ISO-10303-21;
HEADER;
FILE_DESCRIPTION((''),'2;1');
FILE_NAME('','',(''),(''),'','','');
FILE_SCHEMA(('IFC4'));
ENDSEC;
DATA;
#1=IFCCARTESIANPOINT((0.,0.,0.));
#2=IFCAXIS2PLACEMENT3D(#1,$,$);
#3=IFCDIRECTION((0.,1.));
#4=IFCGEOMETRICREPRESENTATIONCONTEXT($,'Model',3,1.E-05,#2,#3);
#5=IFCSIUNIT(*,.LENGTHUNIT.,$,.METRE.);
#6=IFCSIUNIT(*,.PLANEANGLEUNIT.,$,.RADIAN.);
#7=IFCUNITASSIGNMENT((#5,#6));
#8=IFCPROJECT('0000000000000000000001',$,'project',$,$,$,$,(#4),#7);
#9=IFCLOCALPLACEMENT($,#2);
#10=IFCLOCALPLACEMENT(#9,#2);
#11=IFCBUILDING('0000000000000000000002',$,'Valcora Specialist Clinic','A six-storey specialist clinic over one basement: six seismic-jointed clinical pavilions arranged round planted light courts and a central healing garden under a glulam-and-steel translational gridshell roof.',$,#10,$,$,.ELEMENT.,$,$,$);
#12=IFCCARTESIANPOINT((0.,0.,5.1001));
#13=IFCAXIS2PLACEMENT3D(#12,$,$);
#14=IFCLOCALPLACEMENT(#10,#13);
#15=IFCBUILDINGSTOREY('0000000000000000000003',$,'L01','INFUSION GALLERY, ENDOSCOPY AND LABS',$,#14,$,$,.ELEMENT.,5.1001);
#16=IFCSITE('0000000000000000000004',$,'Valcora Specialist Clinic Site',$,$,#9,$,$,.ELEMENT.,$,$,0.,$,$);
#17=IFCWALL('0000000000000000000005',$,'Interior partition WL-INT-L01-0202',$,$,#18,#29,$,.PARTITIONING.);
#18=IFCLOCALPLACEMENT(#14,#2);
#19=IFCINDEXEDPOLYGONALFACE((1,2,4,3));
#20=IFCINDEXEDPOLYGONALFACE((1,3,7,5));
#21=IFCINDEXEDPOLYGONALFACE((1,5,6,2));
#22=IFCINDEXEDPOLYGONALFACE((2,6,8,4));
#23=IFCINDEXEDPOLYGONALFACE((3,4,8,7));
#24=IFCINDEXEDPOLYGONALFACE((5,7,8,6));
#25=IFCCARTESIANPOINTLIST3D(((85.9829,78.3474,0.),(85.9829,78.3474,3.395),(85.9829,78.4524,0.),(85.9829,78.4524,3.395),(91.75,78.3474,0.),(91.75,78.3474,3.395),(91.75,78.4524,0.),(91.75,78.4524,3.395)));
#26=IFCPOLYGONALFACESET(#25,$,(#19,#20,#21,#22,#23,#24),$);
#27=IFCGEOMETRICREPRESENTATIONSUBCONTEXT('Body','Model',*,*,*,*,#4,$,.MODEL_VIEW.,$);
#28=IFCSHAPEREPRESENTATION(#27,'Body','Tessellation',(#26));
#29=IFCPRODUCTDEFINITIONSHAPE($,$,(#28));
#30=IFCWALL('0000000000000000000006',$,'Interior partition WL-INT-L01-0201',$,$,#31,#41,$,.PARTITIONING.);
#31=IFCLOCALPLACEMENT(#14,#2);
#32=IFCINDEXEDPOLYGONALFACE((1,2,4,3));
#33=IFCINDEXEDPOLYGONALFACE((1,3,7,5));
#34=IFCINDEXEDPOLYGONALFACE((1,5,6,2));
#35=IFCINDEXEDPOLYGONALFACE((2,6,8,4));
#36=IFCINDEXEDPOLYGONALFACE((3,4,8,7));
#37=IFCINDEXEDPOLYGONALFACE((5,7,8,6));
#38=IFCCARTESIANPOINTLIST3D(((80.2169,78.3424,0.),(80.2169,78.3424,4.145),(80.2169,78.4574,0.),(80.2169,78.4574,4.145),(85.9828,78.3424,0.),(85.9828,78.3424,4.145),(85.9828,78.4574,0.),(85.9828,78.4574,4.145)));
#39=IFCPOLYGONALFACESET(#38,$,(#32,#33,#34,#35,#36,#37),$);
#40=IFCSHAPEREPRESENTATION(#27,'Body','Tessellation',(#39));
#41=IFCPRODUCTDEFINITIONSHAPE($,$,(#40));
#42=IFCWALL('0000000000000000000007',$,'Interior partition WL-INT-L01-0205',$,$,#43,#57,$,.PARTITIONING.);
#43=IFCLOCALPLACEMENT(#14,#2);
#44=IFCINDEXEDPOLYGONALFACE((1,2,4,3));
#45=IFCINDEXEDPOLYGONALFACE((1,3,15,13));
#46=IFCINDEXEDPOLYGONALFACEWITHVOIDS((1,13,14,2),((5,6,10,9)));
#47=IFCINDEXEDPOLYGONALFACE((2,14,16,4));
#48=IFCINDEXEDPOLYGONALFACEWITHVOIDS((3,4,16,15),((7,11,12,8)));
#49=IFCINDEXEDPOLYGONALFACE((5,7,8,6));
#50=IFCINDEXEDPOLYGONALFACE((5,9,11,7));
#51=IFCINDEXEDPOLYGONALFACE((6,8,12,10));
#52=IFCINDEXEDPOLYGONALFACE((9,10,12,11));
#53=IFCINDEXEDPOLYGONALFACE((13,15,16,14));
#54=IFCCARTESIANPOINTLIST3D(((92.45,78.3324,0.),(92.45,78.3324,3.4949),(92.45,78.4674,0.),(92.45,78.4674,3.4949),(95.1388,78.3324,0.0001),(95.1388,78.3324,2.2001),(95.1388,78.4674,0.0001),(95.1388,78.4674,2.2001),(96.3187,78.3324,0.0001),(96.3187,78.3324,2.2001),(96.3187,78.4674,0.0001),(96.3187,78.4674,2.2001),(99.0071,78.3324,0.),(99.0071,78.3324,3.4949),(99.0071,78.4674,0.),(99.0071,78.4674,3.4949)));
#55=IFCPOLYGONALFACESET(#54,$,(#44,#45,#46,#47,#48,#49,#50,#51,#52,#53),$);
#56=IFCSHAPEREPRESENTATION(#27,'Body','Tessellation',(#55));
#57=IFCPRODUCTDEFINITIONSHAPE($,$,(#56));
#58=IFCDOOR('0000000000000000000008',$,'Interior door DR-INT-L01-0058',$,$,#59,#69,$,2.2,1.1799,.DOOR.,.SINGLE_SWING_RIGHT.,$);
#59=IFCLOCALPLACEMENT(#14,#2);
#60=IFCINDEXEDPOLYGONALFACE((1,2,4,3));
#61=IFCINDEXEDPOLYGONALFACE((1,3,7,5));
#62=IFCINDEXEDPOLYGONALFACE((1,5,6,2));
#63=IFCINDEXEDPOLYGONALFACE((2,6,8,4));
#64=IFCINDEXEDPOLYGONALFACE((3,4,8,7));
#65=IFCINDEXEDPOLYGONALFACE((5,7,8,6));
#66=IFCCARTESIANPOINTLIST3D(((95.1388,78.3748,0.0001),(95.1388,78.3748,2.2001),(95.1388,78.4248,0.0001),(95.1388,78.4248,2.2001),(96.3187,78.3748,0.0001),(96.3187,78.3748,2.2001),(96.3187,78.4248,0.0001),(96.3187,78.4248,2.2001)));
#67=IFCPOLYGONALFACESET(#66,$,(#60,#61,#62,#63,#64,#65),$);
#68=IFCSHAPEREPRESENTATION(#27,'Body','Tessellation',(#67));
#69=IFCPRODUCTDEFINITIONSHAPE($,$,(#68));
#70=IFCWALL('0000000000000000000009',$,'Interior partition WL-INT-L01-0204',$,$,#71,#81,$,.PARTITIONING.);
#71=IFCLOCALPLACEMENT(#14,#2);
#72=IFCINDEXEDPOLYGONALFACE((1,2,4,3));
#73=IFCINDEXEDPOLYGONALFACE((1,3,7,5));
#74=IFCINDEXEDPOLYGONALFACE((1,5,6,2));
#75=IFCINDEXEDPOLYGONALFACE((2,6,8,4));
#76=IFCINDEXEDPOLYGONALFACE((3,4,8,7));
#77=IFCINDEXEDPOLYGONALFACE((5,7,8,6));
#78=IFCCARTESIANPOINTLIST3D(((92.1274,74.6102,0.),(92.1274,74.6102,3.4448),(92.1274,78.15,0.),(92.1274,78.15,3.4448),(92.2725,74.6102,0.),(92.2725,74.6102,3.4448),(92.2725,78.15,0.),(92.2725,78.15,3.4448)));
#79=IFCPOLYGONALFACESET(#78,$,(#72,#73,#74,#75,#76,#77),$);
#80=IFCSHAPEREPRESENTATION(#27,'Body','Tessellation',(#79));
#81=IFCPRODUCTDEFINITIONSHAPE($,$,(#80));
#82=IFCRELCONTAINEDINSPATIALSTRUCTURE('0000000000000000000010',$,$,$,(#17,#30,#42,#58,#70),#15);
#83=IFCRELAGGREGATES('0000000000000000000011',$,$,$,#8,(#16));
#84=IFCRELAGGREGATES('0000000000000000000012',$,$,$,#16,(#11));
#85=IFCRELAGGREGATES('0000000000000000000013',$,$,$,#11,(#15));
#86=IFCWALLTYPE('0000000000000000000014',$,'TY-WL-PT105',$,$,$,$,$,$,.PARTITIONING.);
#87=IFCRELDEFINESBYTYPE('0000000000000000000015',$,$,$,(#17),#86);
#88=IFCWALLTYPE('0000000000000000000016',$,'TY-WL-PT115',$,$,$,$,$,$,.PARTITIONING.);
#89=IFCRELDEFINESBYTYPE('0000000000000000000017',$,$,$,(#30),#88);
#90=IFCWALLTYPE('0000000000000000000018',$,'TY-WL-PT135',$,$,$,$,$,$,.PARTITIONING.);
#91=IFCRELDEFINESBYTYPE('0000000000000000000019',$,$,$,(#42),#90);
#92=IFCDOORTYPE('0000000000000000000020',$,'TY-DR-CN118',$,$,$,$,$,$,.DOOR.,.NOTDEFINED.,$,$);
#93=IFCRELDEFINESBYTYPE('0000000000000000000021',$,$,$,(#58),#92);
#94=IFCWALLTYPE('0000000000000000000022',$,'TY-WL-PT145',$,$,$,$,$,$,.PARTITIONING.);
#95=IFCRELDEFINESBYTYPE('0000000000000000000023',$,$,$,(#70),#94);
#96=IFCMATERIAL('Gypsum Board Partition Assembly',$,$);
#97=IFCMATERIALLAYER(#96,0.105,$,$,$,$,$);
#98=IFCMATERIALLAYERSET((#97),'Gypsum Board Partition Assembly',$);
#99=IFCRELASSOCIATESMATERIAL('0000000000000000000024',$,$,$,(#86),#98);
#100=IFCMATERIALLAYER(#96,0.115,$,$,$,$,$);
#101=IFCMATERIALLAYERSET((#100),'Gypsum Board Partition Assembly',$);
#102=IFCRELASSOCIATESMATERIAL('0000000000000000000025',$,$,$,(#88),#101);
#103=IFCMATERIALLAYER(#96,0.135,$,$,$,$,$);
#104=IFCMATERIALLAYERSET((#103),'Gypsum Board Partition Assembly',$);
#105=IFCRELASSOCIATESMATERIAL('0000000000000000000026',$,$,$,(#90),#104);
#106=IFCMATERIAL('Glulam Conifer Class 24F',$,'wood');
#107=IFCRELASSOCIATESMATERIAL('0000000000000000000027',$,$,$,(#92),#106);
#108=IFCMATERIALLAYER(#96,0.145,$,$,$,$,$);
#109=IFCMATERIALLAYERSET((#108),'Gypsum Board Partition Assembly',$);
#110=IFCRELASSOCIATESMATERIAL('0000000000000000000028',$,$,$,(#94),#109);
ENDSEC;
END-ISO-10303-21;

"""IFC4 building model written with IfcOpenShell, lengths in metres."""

from ifc_helpers import new_model, si_unit, direction, frame, frame_2d, origin, place, context, subcontext, project, spatial, rectangle, extrude, material, layer, layer_set, type_object, element, fill, save


model = new_model("IFC4")

# Units and contexts
model_context = context("Model", 3, precision=1e-05, world=origin(), true_north=direction((0.0, 1.0)))
body_context = subcontext(model_context, "Body", "Model", "MODEL_VIEW")
ifc_project = project(units=[si_unit("LENGTHUNIT", "METRE"), si_unit("PLANEANGLEUNIT", "RADIAN")], contexts=[model_context])

# Site, building, storey
site_placement = place(None, origin())
site = spatial("IfcSite", under=ifc_project, at=site_placement, Name="Valcora Specialist Clinic Site", CompositionType="ELEMENT", RefElevation=0.0)
building_placement = place(site_placement, origin())
building = spatial("IfcBuilding", under=site, at=building_placement, Name="Valcora Specialist Clinic", Description="A six-storey specialist clinic over one basement: six seismic-jointed clinical pavilions arranged round planted light courts and a central healing garden under a glulam-and-steel translational gridshell roof.", CompositionType="ELEMENT")
storey_placement = place(building_placement, frame((0.0, 0.0, 5.1001)))
storey = spatial("IfcBuildingStorey", under=building, at=storey_placement, Name="L01", Description="INFUSION GALLERY, ENDOSCOPY AND LABS", CompositionType="ELEMENT", Elevation=5.1001)

# Walls
ifc_material_1 = material(Name="Gypsum Board Partition Assembly")
ifc_layer_1 = layer(ifc_material_1, 0.105)
ifc_layer_set_1 = layer_set([ifc_layer_1], Name="Gypsum Board Partition Assembly")
wall_type_1 = type_object("IfcWallType", Name="TY-WL-PT105", PredefinedType="PARTITIONING", material=ifc_layer_set_1)
wall_1_placement = place(storey_placement, frame((85.9829, 78.3999, 0.0), z_axis=(0.0, 0.0, 1.0), x_axis=(1.0, 0.0, 0.0)))
element("IfcWall", 1, at=wall_1_placement, inside=storey, type_object=wall_type_1, Name="Interior partition WL-INT-L01-0202", PredefinedType="PARTITIONING", context=body_context, shape_type="SweptSolid", body=[
    extrude(rectangle(XDim=5.7671, YDim=0.105, at=frame_2d((2.8835, 0.0))), origin(), (0.0, 0.0, 1.0), 3.395),
])
ifc_layer_2 = layer(ifc_material_1, 0.115)
ifc_layer_set_2 = layer_set([ifc_layer_2], Name="Gypsum Board Partition Assembly")
wall_type_2 = type_object("IfcWallType", Name="TY-WL-PT115", PredefinedType="PARTITIONING", material=ifc_layer_set_2)
wall_2_placement = place(storey_placement, frame((80.217, 78.3999, 0.0), z_axis=(0.0, 0.0, 1.0), x_axis=(1.0, 0.0, 0.0)))
element("IfcWall", 2, at=wall_2_placement, inside=storey, type_object=wall_type_2, Name="Interior partition WL-INT-L01-0201", PredefinedType="PARTITIONING", context=body_context, shape_type="SweptSolid", body=[
    extrude(rectangle(XDim=5.7659, YDim=0.115, at=frame_2d((2.8828, 0.0))), origin(), (0.0, 0.0, 1.0), 4.145),
])

# Wall, opening, door
ifc_layer_3 = layer(ifc_material_1, 0.135)
ifc_layer_set_3 = layer_set([ifc_layer_3], Name="Gypsum Board Partition Assembly")
wall_type_3 = type_object("IfcWallType", Name="TY-WL-PT135", PredefinedType="PARTITIONING", material=ifc_layer_set_3)
wall_3_placement = place(storey_placement, frame((92.45, 78.3999, 0.0), z_axis=(0.0, 0.0, 1.0), x_axis=(1.0, 0.0, 0.0)))
wall_3 = element("IfcWall", 3, at=wall_3_placement, inside=storey, type_object=wall_type_3, Name="Interior partition WL-INT-L01-0205", PredefinedType="PARTITIONING", context=body_context, shape_type="SweptSolid", body=[
    extrude(rectangle(XDim=6.5571, YDim=0.135, at=frame_2d((3.2786, 0.0))), origin(), (0.0, 0.0, 1.0), 3.4949),
])
opening_1_placement = place(wall_3_placement, frame((2.689, 0.0, 0.0)))
opening_1 = element("IfcOpeningElement", 4, at=opening_1_placement, cuts=wall_3, PredefinedType="OPENING", context=body_context, shape_type="SweptSolid", body=[
    extrude(rectangle(XDim=1.1799, YDim=2.2, at=frame_2d((0.5898, 1.1001))), frame((0.0, 0.0774, 0.0), z_axis=(0.0, -1.0, 0.0), x_axis=(1.0, 0.0, 0.0)), (0.0, 0.0, 1.0), 0.155),
])
ifc_material_2 = material(Name="Glulam Conifer Class 24F", Category="wood")
door_type = type_object("IfcDoorType", Name="TY-DR-CN118", OperationType="NOTDEFINED", PredefinedType="DOOR", material=ifc_material_2)
door_placement = place(opening_1_placement, origin())
door = element("IfcDoor", 5, at=door_placement, inside=storey, type_object=door_type, Name="Interior door DR-INT-L01-0058", OperationType="SINGLE_SWING_RIGHT", OverallHeight=2.2, OverallWidth=1.1799, PredefinedType="DOOR", context=body_context, shape_type="SweptSolid", body=[
    extrude(rectangle(XDim=1.1799, YDim=2.2, at=frame_2d((0.5898, 1.1001))), frame((0.0, 0.0249, 0.0), z_axis=(0.0, -1.0, 0.0), x_axis=(1.0, 0.0, 0.0)), (0.0, 0.0, 1.0), 0.05),
])
fill(opening_1, door)

# Wall
ifc_layer_4 = layer(ifc_material_1, 0.145)
ifc_layer_set_4 = layer_set([ifc_layer_4], Name="Gypsum Board Partition Assembly")
wall_type_4 = type_object("IfcWallType", Name="TY-WL-PT145", PredefinedType="PARTITIONING", material=ifc_layer_set_4)
wall_4_placement = place(storey_placement, frame((92.2, 74.6101, 0.0), z_axis=(0.0, 0.0, 1.0), x_axis=(0.0, 1.0, 0.0)))
element("IfcWall", 6, at=wall_4_placement, inside=storey, type_object=wall_type_4, Name="Interior partition WL-INT-L01-0204", PredefinedType="PARTITIONING", context=body_context, shape_type="SweptSolid", body=[
    extrude(rectangle(XDim=3.5398, YDim=0.145, at=frame_2d((1.77, 0.0))), origin(), (0.0, 0.0, 1.0), 3.4448),
])

save(model, "model.ifc")
